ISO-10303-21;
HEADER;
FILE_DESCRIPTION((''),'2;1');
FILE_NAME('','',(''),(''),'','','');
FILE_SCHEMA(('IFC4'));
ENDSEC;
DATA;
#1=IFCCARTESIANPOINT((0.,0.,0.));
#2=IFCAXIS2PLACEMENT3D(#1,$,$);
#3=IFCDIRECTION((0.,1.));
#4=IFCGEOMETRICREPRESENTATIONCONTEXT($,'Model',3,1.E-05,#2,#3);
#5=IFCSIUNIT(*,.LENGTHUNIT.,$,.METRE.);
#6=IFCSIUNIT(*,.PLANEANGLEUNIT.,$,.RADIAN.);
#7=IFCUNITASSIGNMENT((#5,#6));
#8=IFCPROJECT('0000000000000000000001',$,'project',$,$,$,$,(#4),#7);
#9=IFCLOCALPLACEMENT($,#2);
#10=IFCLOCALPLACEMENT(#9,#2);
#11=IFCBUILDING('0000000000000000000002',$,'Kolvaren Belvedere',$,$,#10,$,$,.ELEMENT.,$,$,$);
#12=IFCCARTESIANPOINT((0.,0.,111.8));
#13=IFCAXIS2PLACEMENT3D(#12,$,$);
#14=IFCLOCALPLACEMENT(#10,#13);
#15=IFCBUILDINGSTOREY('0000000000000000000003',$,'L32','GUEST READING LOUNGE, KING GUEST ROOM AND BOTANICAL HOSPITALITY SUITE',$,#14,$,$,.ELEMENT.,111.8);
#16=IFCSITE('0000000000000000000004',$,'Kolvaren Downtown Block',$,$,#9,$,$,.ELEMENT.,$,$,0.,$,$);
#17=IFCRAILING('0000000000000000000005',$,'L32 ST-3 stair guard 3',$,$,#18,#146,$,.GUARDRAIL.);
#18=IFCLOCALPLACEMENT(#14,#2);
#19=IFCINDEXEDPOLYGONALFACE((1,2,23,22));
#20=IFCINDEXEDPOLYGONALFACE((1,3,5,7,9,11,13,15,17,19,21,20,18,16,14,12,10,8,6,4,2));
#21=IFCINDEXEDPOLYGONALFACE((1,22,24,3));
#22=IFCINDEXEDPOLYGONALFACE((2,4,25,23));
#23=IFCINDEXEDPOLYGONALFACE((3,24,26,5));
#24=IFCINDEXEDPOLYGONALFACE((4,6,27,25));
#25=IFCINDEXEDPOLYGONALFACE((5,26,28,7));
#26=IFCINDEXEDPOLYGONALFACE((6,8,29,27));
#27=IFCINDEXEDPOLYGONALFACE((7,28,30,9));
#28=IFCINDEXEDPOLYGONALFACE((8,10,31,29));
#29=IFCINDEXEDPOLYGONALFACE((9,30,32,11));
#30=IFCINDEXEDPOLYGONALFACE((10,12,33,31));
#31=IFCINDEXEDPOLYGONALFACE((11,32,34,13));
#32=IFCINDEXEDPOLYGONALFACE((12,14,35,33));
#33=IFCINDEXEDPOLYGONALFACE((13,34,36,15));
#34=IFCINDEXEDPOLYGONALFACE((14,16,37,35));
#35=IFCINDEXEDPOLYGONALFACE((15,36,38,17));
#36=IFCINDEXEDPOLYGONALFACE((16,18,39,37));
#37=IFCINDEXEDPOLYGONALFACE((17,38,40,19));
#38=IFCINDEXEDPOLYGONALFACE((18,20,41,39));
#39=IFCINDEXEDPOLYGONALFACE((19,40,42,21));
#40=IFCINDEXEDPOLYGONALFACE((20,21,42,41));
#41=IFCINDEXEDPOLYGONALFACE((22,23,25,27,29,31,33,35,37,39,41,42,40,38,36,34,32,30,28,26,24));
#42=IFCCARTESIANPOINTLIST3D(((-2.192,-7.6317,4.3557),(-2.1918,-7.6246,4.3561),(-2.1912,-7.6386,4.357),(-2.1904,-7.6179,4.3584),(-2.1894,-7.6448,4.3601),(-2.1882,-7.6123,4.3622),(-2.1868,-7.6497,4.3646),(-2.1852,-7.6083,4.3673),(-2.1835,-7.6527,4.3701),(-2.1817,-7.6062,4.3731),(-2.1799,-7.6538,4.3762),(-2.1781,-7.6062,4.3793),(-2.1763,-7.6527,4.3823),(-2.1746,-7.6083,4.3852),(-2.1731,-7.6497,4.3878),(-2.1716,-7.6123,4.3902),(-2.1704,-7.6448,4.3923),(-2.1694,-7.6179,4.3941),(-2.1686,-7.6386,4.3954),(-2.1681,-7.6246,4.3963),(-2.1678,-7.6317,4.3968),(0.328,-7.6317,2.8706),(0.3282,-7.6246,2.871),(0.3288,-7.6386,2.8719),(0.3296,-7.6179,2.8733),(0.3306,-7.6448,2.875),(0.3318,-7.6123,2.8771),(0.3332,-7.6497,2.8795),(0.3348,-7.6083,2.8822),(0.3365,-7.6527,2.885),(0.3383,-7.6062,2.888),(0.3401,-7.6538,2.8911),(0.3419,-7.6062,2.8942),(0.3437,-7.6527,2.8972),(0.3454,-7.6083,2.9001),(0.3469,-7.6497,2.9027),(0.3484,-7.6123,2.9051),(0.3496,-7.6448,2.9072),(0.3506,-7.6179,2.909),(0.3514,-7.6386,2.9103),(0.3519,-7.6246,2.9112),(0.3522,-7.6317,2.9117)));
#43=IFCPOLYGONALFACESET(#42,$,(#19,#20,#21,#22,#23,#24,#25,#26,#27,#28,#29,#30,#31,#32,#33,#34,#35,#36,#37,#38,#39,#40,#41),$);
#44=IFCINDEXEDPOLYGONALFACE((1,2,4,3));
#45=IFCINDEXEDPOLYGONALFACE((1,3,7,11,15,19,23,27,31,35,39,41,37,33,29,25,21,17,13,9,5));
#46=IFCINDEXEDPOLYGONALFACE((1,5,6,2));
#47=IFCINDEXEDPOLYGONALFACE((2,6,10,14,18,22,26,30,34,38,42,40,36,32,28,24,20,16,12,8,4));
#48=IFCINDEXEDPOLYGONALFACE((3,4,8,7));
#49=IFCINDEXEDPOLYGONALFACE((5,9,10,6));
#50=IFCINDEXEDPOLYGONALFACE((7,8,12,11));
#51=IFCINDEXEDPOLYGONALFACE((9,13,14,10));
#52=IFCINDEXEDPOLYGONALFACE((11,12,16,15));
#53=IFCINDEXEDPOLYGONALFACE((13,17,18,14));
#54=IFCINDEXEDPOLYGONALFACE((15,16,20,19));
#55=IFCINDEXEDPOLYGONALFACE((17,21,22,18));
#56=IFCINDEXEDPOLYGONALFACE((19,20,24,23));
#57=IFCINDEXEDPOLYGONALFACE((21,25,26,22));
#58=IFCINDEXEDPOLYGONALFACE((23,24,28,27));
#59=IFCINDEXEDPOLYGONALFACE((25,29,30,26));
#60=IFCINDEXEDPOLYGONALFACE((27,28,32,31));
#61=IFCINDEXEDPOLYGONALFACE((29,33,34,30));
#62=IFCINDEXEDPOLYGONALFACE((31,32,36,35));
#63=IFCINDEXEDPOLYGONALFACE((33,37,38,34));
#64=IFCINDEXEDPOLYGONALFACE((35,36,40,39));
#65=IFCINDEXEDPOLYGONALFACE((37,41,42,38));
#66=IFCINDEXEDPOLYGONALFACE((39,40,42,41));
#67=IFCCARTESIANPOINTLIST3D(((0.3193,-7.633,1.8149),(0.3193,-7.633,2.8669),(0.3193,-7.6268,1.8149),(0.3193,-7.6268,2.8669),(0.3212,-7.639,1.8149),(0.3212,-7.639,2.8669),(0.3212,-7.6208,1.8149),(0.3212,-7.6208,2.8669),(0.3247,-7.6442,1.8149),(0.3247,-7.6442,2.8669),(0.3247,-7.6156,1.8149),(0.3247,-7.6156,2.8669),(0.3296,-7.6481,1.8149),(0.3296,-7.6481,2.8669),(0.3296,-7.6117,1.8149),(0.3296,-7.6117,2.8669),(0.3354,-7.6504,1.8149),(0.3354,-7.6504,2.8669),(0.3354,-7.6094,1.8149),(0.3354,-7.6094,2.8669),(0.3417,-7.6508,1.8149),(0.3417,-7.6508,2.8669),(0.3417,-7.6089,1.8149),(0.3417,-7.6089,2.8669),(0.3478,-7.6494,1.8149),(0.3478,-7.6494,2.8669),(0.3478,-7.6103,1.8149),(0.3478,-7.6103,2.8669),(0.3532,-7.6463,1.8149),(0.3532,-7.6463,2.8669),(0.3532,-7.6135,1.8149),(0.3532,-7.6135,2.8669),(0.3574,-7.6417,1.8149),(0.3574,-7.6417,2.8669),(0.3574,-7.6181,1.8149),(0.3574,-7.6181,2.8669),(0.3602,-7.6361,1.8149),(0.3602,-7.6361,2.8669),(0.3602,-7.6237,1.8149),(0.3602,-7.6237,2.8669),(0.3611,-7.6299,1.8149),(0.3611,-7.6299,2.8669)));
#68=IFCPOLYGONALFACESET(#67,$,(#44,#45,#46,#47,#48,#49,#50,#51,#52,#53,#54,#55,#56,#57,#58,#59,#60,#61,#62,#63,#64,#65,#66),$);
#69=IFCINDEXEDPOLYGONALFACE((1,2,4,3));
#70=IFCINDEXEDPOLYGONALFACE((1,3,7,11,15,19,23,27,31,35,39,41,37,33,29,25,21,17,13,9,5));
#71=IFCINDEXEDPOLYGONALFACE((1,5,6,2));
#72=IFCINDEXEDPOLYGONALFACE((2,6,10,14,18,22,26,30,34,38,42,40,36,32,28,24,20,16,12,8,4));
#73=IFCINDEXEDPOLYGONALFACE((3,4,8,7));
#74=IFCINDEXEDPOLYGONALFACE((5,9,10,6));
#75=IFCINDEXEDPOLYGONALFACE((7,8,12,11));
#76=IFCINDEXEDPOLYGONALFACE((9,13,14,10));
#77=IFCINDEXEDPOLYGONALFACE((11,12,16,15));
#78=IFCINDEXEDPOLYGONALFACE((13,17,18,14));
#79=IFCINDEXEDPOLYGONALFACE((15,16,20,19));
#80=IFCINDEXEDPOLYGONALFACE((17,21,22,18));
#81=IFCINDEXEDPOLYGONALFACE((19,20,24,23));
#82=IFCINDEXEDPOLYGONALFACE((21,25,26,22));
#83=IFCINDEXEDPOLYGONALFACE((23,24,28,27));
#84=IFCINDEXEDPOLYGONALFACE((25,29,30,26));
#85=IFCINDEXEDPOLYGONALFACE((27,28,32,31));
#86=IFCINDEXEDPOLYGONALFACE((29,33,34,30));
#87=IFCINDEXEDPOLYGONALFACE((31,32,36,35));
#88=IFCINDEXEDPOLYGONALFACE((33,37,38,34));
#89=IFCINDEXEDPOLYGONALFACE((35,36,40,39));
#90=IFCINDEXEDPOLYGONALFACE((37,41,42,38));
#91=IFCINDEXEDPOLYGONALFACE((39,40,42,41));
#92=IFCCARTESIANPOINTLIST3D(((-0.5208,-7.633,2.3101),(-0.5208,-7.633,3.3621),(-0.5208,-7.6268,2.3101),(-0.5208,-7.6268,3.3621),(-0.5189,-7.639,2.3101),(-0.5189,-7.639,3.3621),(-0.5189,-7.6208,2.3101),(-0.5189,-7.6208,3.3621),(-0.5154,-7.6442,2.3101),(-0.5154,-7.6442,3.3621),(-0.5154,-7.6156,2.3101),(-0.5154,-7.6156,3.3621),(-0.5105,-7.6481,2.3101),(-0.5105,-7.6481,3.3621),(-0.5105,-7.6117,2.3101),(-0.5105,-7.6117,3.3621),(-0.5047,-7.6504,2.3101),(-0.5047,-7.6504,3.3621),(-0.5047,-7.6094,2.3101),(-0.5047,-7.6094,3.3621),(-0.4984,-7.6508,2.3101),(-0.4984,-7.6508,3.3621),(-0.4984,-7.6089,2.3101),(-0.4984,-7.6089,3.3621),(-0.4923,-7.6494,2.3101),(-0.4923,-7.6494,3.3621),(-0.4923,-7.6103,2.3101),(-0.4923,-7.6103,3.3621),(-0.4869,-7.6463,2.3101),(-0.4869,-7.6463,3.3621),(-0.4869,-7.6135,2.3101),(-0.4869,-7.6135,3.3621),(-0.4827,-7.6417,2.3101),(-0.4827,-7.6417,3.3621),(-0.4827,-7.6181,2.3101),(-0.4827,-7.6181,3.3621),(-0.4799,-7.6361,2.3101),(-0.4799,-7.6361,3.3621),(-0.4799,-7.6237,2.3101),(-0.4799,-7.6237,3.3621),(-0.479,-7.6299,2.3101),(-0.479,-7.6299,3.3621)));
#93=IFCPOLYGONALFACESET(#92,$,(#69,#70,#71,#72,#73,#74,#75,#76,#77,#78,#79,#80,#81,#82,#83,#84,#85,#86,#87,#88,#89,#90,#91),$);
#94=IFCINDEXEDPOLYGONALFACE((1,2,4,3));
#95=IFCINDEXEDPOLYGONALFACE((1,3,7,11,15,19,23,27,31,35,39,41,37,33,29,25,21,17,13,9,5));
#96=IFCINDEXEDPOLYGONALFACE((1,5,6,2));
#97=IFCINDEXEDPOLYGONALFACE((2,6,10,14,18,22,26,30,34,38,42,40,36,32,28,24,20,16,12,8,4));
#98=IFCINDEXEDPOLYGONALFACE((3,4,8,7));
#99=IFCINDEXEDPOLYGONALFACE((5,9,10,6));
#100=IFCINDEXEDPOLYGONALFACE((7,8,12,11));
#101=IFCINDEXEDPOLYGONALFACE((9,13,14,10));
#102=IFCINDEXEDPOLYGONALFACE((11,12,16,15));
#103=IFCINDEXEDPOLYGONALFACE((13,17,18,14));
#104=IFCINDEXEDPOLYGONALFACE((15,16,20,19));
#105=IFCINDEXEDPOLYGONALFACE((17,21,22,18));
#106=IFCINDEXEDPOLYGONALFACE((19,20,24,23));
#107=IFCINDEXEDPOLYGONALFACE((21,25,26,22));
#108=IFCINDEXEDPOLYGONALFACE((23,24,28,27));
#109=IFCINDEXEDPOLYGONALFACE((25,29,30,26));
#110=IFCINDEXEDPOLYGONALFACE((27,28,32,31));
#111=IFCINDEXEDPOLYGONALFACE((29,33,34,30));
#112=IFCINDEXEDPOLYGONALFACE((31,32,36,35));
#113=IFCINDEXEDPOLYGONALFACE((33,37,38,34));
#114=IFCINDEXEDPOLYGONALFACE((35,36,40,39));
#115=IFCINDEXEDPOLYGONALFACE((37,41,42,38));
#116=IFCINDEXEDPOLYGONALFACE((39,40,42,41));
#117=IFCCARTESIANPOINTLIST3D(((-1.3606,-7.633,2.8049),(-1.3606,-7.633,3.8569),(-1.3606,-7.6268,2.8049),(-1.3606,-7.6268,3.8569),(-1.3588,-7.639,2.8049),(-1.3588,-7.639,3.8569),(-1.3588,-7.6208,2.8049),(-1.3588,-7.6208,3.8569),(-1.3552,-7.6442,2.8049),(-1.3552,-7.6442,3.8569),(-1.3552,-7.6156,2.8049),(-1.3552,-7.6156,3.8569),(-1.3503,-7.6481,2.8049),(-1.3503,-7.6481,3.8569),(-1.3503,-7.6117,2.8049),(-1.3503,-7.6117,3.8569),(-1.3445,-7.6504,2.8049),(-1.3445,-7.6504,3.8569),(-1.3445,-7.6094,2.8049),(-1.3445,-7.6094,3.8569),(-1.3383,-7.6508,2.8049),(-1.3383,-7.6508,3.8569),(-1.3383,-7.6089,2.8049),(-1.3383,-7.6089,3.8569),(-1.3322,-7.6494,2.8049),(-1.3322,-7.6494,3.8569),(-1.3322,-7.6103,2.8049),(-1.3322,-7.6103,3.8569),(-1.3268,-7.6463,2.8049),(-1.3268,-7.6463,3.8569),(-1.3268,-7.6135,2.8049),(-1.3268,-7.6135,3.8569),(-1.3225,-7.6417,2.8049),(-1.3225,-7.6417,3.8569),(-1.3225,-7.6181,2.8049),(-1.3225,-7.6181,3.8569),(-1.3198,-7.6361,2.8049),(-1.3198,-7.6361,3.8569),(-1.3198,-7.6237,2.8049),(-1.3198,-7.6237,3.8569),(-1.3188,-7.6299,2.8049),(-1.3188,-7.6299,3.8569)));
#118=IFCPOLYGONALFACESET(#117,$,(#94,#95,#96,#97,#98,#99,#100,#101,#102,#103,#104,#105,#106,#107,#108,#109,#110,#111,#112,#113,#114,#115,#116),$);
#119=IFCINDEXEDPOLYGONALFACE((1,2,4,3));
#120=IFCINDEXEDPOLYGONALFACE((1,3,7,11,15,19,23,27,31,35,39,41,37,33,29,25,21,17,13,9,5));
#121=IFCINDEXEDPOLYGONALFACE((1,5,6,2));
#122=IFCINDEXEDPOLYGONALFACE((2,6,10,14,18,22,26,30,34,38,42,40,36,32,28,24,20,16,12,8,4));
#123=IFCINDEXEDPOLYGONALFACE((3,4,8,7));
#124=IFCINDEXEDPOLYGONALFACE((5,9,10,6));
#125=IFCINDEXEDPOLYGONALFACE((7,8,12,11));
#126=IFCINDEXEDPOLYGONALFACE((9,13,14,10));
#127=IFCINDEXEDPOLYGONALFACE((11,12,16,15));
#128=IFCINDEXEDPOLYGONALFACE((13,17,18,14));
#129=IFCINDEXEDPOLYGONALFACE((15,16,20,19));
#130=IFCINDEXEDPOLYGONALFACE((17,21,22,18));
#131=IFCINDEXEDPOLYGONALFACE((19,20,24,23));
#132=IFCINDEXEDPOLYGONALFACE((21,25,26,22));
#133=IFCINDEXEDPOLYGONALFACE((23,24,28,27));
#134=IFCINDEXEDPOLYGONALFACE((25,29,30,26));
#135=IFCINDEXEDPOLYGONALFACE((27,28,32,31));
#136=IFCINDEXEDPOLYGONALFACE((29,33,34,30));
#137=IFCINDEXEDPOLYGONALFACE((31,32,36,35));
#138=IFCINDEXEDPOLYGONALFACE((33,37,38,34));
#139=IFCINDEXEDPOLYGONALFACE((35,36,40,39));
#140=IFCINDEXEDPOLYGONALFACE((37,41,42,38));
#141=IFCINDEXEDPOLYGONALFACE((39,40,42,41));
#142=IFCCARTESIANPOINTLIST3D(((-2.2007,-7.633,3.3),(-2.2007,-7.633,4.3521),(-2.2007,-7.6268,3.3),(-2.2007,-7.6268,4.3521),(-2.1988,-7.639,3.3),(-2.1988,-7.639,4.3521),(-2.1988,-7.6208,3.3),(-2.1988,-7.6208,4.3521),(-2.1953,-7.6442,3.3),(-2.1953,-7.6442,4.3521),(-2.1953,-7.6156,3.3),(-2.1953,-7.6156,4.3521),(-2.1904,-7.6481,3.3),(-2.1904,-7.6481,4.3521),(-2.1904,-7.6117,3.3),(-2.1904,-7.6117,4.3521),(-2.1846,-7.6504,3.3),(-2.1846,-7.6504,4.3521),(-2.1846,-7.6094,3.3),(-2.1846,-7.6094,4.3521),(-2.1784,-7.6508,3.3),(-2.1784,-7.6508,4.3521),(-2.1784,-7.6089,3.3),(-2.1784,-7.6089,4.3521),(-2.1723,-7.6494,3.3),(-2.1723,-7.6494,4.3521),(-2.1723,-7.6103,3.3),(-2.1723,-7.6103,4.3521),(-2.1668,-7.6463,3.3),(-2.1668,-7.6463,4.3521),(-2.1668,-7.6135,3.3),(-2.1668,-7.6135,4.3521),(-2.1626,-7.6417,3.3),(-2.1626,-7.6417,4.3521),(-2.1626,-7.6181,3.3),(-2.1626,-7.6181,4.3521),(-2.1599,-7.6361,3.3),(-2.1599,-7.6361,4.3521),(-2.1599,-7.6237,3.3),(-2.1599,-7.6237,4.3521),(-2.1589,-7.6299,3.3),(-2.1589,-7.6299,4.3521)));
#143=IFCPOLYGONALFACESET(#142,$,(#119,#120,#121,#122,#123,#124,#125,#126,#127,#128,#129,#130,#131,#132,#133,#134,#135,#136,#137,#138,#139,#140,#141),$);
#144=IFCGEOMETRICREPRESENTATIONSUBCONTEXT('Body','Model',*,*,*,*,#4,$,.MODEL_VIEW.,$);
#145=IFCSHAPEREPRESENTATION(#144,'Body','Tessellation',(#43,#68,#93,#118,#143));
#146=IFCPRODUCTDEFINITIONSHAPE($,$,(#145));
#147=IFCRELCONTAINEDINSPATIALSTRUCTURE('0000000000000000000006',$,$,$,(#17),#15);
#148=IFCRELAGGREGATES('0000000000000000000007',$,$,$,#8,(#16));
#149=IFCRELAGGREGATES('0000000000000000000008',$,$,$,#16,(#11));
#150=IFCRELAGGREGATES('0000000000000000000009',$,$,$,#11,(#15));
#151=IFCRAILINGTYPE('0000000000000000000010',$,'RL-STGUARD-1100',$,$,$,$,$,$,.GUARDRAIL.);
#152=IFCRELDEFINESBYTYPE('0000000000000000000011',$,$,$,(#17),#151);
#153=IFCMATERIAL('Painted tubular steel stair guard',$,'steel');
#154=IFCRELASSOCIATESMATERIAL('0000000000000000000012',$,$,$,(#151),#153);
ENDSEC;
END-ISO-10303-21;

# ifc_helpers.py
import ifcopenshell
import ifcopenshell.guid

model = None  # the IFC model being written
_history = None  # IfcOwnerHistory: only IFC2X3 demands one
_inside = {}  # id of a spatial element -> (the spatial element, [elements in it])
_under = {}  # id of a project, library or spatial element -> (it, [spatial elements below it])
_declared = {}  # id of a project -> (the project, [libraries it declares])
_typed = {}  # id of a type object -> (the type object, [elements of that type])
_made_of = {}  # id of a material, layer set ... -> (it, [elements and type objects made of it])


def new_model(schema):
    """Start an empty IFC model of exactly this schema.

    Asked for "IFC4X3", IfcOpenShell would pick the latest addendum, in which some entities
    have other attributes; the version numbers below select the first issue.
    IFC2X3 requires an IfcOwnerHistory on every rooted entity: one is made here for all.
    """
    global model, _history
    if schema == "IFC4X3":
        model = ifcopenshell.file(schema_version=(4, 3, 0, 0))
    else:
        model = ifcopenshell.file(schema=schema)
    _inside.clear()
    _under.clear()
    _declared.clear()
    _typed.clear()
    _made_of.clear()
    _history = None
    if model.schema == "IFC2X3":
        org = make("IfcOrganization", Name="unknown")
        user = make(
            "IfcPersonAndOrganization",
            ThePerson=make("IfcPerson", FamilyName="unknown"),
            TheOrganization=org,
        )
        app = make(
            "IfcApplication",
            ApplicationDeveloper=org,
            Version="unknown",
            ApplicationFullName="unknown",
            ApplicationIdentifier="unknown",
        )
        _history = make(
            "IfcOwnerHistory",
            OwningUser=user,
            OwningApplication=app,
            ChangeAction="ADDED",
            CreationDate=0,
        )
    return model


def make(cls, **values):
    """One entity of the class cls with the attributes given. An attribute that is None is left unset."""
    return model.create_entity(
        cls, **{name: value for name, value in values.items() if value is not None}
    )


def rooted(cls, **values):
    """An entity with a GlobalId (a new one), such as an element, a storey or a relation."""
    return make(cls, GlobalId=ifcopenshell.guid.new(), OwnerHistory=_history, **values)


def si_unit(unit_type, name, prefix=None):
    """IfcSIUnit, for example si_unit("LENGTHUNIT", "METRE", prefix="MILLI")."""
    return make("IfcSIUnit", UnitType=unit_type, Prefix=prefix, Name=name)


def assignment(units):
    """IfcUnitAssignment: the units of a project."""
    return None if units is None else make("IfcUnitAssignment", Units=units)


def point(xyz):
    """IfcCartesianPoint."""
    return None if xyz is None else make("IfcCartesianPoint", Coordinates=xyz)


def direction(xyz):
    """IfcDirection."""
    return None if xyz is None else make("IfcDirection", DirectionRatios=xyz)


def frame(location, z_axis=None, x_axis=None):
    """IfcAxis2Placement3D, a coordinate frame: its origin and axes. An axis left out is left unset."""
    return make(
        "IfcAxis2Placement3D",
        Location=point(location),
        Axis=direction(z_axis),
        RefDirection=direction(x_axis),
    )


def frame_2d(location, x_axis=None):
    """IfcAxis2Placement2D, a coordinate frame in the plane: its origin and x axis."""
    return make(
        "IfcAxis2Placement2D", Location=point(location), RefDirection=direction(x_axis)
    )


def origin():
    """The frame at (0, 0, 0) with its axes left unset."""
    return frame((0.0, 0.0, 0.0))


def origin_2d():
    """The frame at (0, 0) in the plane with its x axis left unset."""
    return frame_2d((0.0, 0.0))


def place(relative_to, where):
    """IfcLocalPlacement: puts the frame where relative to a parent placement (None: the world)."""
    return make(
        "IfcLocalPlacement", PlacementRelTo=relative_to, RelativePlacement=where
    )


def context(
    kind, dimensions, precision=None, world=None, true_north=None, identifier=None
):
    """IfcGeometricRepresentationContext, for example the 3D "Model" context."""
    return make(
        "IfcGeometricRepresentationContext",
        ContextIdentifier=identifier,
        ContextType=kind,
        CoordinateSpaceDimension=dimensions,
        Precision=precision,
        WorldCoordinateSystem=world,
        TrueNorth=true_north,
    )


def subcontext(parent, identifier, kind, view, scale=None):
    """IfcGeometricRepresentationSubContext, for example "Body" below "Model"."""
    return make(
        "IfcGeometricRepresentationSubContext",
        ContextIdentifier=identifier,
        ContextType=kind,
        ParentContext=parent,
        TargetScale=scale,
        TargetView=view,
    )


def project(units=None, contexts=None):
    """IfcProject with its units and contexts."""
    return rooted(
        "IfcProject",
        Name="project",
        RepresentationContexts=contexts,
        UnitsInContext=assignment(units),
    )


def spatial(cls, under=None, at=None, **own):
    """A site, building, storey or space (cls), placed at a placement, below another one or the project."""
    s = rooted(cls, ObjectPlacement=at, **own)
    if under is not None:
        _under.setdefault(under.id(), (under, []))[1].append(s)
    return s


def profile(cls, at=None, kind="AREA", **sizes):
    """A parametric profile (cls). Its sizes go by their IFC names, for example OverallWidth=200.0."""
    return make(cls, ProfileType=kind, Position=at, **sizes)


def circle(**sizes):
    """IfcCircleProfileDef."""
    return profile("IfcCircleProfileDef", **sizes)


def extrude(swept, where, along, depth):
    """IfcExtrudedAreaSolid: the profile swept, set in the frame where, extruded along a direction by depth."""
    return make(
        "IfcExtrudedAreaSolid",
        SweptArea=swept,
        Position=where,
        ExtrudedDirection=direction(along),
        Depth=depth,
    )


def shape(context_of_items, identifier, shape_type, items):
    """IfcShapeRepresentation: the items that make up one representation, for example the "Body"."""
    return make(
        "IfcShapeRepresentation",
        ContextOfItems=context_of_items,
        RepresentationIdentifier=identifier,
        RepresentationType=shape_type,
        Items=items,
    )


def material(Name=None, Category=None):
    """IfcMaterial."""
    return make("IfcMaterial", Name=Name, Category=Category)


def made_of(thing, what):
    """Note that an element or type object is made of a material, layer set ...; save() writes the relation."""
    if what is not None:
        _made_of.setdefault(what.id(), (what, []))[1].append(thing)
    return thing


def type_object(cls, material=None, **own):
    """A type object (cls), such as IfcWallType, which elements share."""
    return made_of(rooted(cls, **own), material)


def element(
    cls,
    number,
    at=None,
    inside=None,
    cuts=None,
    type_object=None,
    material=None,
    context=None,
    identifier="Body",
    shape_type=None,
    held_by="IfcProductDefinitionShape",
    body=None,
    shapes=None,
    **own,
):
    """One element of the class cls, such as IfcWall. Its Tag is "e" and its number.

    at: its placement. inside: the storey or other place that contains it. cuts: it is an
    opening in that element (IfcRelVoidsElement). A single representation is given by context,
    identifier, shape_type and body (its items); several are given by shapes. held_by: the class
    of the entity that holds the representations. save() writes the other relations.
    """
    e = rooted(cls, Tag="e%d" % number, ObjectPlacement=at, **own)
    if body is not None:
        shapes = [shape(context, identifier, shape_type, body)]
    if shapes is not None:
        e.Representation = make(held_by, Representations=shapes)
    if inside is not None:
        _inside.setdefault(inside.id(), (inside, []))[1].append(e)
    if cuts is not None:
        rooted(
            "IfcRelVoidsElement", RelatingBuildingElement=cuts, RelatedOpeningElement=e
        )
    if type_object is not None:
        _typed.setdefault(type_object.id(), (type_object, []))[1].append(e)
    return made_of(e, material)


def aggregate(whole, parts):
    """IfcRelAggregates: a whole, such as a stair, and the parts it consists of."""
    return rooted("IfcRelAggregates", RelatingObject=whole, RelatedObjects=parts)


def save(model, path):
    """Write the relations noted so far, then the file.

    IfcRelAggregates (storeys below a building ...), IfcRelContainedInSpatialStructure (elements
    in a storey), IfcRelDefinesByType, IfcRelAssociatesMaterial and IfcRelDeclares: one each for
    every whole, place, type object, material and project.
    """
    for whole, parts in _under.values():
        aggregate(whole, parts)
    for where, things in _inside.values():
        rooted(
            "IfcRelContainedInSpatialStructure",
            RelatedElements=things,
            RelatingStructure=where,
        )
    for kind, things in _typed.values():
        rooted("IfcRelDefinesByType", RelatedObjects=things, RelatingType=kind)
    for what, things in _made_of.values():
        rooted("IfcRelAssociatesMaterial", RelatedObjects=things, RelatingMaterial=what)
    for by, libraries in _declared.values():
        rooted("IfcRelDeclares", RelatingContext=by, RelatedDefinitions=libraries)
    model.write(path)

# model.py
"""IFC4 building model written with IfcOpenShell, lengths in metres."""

from ifc_helpers import new_model, si_unit, direction, frame, origin, origin_2d, place, context, subcontext, project, spatial, circle, extrude, material, type_object, element, save


model = new_model("IFC4")

# Units and contexts
model_context = context("Model", 3, precision=1e-05, world=origin(), true_north=direction((0.0, 1.0)))
body_context = subcontext(model_context, "Body", "Model", "MODEL_VIEW")
ifc_project = project(units=[si_unit("LENGTHUNIT", "METRE"), si_unit("PLANEANGLEUNIT", "RADIAN")], contexts=[model_context])

# Site, building, storey
site_placement = place(None, origin())
site = spatial("IfcSite", under=ifc_project, at=site_placement, Name="Kolvaren Downtown Block", CompositionType="ELEMENT", RefElevation=0.0)
building_placement = place(site_placement, origin())
building = spatial("IfcBuilding", under=site, at=building_placement, Name="Kolvaren Belvedere", CompositionType="ELEMENT")
storey_placement = place(building_placement, frame((0.0, 0.0, 111.8)))
storey = spatial("IfcBuildingStorey", under=building, at=storey_placement, Name="L32", Description="GUEST READING LOUNGE, KING GUEST ROOM AND BOTANICAL HOSPITALITY SUITE", CompositionType="ELEMENT", Elevation=111.8)

# Railing
ifc_material_1 = material(Name="Painted tubular steel stair guard", Category="steel")
railing_type_1 = type_object("IfcRailingType", Name="RL-STGUARD-1100", PredefinedType="GUARDRAIL", material=ifc_material_1)
railing_1_placement = place(storey_placement, frame((0.3401, -7.6299, 1.8149)))
element("IfcRailing", 1, at=railing_1_placement, inside=storey, type_object=railing_type_1, Name="L32 ST-3 stair guard 3", PredefinedType="GUARDRAIL", context=body_context, shape_type="SweptSolid", body=[
    extrude(circle(Radius=0.0239, at=origin_2d()), frame((0.0, 0.0, 1.0762), z_axis=(-0.861524, 0.0, 0.507717), x_axis=(0.0, -1.0, 0.0)), (0.0, 0.0, 1.0), 2.925),
    extrude(circle(Radius=0.021, at=origin_2d()), origin(), (0.0, 0.0, 1.0), 1.052),
    extrude(circle(Radius=0.021, at=origin_2d()), frame((-0.8401, 0.0, 0.4951)), (0.0, 0.0, 1.0), 1.052),
    extrude(circle(Radius=0.021, at=origin_2d()), frame((-1.6799, 0.0, 0.99)), (0.0, 0.0, 1.0), 1.052),
    extrude(circle(Radius=0.021, at=origin_2d()), frame((-2.52, 0.0, 1.4851)), (0.0, 0.0, 1.0), 1.052),
])

save(model, "model.ifc")
